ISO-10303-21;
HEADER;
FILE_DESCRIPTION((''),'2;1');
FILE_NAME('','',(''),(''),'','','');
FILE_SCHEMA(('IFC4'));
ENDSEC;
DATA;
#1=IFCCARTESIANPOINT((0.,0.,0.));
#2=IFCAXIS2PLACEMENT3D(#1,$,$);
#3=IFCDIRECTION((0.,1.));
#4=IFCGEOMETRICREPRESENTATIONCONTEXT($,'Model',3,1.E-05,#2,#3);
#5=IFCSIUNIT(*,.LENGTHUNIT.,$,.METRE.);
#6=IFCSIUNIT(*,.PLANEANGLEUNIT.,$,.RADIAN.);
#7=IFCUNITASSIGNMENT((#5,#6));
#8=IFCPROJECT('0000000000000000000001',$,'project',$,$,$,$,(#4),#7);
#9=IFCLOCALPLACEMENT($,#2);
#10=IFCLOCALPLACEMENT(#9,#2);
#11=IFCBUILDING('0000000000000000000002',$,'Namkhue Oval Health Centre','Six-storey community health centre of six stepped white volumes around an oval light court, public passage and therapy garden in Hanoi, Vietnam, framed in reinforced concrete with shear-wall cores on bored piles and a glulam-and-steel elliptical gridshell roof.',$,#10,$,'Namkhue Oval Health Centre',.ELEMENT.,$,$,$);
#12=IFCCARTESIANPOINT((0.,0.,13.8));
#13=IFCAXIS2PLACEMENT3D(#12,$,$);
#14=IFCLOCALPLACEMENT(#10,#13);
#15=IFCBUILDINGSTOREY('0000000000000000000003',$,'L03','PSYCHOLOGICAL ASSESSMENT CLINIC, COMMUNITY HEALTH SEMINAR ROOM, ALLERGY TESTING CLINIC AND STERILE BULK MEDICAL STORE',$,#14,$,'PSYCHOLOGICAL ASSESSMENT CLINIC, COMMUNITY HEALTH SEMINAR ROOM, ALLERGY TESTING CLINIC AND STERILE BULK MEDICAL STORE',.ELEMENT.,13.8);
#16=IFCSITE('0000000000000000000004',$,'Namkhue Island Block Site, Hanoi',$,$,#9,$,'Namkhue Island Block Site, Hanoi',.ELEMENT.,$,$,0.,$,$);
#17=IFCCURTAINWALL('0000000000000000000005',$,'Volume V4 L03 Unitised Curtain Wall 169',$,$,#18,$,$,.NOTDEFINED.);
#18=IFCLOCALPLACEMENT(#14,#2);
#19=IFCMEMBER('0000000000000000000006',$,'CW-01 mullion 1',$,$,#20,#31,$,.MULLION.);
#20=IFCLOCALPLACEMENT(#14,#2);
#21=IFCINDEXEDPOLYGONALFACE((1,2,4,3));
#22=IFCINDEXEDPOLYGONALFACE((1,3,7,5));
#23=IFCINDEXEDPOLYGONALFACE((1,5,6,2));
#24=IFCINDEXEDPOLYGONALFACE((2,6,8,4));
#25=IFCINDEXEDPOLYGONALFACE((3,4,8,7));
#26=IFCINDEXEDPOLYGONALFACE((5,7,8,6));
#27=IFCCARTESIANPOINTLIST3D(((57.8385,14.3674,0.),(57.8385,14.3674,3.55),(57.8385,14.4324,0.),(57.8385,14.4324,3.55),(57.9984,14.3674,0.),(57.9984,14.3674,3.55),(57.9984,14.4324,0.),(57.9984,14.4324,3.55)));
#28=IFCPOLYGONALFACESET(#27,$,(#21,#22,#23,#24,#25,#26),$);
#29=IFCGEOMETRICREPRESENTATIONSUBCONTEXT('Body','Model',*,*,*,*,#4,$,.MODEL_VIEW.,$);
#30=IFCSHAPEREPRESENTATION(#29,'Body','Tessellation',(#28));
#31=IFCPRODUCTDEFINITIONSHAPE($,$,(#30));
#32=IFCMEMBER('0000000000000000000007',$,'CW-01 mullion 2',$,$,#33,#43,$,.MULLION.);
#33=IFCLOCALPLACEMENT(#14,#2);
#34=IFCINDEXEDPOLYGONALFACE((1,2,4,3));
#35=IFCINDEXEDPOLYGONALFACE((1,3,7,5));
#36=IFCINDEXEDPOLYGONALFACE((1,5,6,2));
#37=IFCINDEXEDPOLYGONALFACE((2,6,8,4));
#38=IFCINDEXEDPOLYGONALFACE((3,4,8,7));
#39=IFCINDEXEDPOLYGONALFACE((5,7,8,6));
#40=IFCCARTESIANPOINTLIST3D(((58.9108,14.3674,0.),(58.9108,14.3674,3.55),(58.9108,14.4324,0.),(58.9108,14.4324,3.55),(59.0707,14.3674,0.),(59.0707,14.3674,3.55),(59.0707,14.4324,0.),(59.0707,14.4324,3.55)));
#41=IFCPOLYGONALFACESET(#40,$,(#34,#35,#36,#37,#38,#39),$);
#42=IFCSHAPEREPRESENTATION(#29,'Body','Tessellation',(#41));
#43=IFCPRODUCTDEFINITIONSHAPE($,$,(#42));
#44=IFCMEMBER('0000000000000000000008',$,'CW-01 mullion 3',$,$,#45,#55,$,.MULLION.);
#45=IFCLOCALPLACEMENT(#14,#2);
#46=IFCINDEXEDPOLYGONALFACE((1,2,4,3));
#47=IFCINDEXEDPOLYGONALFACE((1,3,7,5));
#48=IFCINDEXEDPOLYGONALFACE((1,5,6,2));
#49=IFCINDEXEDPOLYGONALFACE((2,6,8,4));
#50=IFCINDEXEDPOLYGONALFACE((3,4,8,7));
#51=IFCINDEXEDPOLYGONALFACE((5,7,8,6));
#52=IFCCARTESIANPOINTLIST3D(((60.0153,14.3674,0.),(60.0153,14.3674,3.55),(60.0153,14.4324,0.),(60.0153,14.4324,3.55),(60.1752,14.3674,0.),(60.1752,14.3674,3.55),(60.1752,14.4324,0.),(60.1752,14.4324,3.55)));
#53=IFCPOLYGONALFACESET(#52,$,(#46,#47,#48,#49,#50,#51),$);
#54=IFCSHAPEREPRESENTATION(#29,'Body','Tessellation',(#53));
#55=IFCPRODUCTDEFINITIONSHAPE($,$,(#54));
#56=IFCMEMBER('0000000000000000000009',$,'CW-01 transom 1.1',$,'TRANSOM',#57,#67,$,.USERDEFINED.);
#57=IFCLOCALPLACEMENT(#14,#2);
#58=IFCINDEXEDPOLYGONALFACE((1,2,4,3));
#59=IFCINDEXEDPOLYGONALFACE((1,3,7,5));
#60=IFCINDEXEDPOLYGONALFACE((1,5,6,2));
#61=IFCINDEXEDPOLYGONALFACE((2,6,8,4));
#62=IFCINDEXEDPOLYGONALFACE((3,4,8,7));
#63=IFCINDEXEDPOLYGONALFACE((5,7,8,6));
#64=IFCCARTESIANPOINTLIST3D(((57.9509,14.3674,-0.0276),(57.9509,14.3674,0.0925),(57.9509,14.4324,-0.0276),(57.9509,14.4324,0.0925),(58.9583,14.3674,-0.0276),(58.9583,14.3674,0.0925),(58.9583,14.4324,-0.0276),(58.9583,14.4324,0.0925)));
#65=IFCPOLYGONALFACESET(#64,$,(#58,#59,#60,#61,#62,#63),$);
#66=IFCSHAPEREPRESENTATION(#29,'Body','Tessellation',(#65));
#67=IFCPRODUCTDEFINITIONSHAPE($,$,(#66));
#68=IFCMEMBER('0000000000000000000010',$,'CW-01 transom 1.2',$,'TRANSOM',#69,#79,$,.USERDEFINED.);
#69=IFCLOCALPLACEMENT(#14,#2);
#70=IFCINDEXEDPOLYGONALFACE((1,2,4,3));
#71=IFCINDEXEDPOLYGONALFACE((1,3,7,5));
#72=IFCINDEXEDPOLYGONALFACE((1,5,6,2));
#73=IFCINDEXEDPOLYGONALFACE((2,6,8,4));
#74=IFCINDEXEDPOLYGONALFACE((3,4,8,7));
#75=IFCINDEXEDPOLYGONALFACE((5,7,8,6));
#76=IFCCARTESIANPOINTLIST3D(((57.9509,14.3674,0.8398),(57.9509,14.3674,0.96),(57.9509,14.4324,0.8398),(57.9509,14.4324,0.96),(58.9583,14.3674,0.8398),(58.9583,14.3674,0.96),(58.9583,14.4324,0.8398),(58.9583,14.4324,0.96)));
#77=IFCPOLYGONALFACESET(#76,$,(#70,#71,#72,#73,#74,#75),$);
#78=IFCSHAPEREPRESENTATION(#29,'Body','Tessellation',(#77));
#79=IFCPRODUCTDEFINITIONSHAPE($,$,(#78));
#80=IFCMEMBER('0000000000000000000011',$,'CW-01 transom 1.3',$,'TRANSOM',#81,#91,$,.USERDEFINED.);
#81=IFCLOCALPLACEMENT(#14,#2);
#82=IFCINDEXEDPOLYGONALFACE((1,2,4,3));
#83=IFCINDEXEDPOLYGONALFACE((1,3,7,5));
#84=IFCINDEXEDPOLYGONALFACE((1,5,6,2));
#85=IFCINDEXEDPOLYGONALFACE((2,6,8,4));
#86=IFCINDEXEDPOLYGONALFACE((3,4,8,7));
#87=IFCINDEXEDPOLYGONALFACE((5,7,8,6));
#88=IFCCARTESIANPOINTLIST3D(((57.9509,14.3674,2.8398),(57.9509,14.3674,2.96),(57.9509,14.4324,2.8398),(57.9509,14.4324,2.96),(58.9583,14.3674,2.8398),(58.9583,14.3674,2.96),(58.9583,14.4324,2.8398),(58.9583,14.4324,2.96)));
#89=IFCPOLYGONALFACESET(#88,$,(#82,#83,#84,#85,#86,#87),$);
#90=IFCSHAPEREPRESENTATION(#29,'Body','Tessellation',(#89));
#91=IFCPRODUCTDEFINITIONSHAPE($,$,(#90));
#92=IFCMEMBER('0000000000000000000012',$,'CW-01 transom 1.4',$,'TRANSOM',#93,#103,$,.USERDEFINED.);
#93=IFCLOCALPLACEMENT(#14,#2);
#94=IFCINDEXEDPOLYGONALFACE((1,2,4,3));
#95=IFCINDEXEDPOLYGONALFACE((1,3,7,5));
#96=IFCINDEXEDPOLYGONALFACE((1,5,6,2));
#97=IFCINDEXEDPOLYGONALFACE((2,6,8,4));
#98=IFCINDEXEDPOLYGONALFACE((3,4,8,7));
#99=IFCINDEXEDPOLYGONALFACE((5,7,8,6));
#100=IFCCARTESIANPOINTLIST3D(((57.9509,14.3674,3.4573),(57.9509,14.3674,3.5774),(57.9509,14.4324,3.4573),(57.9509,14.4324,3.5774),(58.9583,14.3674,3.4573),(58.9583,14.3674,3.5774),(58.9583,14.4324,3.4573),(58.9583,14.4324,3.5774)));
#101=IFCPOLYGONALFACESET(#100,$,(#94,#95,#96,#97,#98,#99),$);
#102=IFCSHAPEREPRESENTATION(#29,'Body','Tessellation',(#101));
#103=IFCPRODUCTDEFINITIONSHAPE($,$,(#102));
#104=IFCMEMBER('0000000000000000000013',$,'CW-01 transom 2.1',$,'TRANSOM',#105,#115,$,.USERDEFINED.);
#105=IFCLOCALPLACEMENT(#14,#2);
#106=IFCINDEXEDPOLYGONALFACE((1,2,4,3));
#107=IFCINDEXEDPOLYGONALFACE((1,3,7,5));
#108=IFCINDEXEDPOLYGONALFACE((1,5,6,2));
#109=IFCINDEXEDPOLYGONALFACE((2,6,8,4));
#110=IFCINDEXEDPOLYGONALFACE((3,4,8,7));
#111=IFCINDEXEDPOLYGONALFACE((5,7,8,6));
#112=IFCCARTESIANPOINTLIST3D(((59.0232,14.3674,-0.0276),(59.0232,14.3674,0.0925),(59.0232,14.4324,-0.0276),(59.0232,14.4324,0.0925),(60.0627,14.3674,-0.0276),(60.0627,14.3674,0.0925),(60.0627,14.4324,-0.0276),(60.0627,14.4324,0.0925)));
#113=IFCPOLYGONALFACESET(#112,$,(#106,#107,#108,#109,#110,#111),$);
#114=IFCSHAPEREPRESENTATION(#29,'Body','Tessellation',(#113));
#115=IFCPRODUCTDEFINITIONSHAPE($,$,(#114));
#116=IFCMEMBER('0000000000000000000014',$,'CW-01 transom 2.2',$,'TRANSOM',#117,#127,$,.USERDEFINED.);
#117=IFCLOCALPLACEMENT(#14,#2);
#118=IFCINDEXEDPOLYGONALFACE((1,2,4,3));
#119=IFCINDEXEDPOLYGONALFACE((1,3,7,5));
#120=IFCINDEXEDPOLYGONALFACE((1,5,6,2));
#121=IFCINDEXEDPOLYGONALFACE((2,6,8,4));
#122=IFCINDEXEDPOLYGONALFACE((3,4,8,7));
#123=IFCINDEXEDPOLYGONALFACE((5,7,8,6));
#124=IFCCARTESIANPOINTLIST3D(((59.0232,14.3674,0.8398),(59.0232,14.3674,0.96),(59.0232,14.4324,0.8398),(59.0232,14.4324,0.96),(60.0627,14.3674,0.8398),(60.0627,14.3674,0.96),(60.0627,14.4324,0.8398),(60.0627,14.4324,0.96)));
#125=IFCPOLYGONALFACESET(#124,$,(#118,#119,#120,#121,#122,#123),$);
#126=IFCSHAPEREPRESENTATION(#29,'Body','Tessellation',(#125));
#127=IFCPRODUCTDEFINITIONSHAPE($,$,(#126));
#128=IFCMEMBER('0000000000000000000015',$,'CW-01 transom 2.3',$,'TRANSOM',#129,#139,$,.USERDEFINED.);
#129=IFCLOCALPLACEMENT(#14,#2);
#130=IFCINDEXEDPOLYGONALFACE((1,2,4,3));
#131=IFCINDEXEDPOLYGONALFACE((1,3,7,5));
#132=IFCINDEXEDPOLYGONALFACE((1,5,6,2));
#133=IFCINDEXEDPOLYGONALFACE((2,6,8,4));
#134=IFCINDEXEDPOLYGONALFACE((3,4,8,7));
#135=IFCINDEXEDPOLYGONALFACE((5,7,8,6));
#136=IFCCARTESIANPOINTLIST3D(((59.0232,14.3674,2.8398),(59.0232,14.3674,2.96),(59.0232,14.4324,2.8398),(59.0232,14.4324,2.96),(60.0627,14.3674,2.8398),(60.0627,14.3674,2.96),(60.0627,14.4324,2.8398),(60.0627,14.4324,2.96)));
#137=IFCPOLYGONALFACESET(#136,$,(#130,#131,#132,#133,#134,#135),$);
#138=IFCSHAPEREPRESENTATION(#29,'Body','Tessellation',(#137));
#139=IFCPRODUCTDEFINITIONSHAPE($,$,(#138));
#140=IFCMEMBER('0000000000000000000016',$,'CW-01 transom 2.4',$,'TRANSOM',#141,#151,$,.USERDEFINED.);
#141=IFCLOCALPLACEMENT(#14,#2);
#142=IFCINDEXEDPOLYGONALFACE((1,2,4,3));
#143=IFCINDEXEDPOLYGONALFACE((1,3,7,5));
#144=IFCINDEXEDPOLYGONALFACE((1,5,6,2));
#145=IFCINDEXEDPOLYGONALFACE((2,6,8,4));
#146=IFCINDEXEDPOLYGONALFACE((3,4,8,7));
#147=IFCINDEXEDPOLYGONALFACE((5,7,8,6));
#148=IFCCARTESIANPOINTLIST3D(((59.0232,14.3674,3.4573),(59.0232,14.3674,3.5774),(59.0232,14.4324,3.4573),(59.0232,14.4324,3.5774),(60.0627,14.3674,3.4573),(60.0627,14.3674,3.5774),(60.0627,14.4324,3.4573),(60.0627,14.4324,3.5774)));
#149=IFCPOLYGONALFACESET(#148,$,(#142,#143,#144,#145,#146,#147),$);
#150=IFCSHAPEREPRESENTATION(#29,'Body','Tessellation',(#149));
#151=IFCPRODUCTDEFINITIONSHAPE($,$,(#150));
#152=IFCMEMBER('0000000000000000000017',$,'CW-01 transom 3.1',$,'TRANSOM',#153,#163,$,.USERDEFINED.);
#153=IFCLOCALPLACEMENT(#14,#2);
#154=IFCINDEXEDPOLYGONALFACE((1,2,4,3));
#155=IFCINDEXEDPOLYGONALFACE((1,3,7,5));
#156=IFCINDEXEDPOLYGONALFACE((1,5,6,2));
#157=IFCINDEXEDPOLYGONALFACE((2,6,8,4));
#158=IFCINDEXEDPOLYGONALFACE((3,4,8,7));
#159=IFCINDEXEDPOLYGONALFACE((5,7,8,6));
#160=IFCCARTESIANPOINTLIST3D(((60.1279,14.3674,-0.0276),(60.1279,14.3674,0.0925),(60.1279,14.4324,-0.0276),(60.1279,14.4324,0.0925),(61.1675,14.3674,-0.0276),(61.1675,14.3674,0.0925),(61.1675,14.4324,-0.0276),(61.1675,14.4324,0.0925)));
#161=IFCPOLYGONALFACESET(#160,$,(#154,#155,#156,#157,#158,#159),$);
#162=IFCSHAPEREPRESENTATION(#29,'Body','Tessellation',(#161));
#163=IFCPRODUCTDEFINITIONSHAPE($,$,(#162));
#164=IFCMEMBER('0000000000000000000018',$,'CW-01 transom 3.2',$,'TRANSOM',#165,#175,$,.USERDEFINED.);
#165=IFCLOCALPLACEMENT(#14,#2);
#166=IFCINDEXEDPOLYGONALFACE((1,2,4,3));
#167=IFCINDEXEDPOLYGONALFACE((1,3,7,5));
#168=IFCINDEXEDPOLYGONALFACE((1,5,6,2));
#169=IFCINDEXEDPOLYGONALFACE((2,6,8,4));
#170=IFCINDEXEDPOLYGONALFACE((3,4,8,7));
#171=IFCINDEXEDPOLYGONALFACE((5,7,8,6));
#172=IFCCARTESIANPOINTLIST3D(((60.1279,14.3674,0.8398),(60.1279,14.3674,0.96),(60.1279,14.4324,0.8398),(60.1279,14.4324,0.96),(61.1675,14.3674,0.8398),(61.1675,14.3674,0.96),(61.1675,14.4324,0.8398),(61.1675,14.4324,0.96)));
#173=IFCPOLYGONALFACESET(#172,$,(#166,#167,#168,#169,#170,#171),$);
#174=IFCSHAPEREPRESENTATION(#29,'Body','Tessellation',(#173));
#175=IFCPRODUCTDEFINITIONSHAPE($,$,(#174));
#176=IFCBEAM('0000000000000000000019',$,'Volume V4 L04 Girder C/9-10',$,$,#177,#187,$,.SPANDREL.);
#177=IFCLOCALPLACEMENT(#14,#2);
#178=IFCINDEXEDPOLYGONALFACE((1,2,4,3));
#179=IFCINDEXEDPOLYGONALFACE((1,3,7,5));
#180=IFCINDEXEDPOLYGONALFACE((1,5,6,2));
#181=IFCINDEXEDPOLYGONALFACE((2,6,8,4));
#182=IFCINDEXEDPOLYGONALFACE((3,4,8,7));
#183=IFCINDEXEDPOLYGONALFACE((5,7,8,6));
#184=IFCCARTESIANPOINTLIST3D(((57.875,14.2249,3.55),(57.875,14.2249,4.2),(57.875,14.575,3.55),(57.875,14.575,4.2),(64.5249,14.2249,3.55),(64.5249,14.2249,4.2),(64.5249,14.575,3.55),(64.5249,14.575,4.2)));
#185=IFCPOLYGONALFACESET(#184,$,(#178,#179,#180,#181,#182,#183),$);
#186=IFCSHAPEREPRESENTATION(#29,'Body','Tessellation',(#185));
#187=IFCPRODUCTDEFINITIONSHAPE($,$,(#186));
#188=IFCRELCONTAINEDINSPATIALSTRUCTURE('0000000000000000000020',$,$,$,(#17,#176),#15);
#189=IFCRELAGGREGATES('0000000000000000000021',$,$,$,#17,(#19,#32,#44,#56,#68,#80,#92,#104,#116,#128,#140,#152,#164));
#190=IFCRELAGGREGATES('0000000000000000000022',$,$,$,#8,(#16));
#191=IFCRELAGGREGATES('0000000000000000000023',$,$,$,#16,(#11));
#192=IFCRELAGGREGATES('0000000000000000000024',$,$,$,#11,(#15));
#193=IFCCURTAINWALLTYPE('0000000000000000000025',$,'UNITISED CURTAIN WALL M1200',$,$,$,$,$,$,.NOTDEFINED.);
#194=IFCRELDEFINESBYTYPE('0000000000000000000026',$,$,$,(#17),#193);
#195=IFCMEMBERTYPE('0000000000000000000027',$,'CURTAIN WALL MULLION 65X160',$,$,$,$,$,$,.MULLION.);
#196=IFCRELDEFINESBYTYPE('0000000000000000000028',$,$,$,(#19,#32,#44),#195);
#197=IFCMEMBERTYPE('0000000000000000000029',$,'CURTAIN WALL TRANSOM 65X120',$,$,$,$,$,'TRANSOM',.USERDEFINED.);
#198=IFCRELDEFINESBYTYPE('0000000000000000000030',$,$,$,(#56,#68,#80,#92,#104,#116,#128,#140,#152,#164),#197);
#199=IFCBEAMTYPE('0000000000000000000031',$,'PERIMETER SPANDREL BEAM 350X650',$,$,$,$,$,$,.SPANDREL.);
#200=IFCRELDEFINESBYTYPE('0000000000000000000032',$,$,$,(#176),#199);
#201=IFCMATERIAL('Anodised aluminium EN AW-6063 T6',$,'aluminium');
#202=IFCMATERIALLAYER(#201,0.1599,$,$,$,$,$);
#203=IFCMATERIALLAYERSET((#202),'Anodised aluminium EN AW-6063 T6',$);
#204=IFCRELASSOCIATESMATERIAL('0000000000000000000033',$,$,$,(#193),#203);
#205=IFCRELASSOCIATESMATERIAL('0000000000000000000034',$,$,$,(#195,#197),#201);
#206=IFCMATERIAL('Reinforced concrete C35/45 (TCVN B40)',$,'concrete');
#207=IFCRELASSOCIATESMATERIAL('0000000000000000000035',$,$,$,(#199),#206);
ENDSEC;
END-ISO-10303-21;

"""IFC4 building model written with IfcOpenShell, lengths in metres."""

from ifc_helpers import new_model, si_unit, direction, frame, origin, origin_2d, place, context, subcontext, project, spatial, rectangle, extrude, material, layer, layer_set, material_profile, profile_set, type_object, element, aggregate, save


model = new_model("IFC4")

# Units and contexts
model_context = context("Model", 3, precision=1e-05, world=origin(), true_north=direction((0.0, 1.0)))
body_context = subcontext(model_context, "Body", "Model", "MODEL_VIEW")
ifc_project = project(units=[si_unit("LENGTHUNIT", "METRE"), si_unit("PLANEANGLEUNIT", "RADIAN")], contexts=[model_context])

# Site, building, storey
site_placement = place(None, origin())
site = spatial("IfcSite", under=ifc_project, at=site_placement, Name="Namkhue Island Block Site, Hanoi", LongName="Namkhue Island Block Site, Hanoi", CompositionType="ELEMENT", RefElevation=0.0)
building_placement = place(site_placement, origin())
building = spatial("IfcBuilding", under=site, at=building_placement, Name="Namkhue Oval Health Centre", Description="Six-storey community health centre of six stepped white volumes around an oval light court, public passage and therapy garden in Hanoi, Vietnam, framed in reinforced concrete with shear-wall cores on bored piles and a glulam-and-steel elliptical gridshell roof.", LongName="Namkhue Oval Health Centre", CompositionType="ELEMENT")
storey_placement = place(building_placement, frame((0.0, 0.0, 13.8)))
storey = spatial("IfcBuildingStorey", under=building, at=storey_placement, Name="L03", Description="PSYCHOLOGICAL ASSESSMENT CLINIC, COMMUNITY HEALTH SEMINAR ROOM, ALLERGY TESTING CLINIC AND STERILE BULK MEDICAL STORE", LongName="PSYCHOLOGICAL ASSESSMENT CLINIC, COMMUNITY HEALTH SEMINAR ROOM, ALLERGY TESTING CLINIC AND STERILE BULK MEDICAL STORE", CompositionType="ELEMENT", Elevation=13.8)

# Curtain wall, members
ifc_material_1 = material(Name="Anodised aluminium EN AW-6063 T6", Category="aluminium")
ifc_layer_1 = layer(ifc_material_1, 0.1599)
ifc_layer_set_1 = layer_set([ifc_layer_1], Name="Anodised aluminium EN AW-6063 T6")
curtain_wall_type = type_object("IfcCurtainWallType", Name="UNITISED CURTAIN WALL M1200", PredefinedType="NOTDEFINED", material=ifc_layer_set_1)
curtain_wall_placement = place(storey_placement, origin())
curtain_wall = element("IfcCurtainWall", 1, at=curtain_wall_placement, inside=storey, type_object=curtain_wall_type, Name="Volume V4 L03 Unitised Curtain Wall 169", PredefinedType="NOTDEFINED")
ifc_material_profile_1 = material_profile(ifc_material_1, rectangle(XDim=0.0649, YDim=0.1599, at=origin_2d()), Name="ALU 65x160")
ifc_profile_set_1 = profile_set([ifc_material_profile_1], Name="Anodised aluminium EN AW-6063 T6")
member_type_1 = type_object("IfcMemberType", Name="CURTAIN WALL MULLION 65X160", PredefinedType="MULLION", material=ifc_profile_set_1)
member_1_placement = place(storey_placement, frame((57.9185, 14.3999, 0.0), z_axis=(0.0, 0.0, 1.0), x_axis=(0.0, 1.0, 0.0)))
member_1 = element("IfcMember", 2, at=member_1_placement, type_object=member_type_1, Name="CW-01 mullion 1", PredefinedType="MULLION", context=body_context, shape_type="SweptSolid", body=[
    extrude(rectangle(XDim=0.0649, YDim=0.1599, at=origin_2d()), origin(), (0.0, 0.0, 1.0), 3.55),
])
member_2_placement = place(storey_placement, frame((58.9907, 14.3999, 0.0), z_axis=(0.0, 0.0, 1.0), x_axis=(0.0, 1.0, 0.0)))
member_2 = element("IfcMember", 3, at=member_2_placement, type_object=member_type_1, Name="CW-01 mullion 2", PredefinedType="MULLION", context=body_context, shape_type="SweptSolid", body=[
    extrude(rectangle(XDim=0.0649, YDim=0.1599, at=origin_2d()), origin(), (0.0, 0.0, 1.0), 3.55),
])
member_3_placement = place(storey_placement, frame((60.0952, 14.3999, 0.0), z_axis=(0.0, 0.0, 1.0), x_axis=(0.0, 1.0, 0.0)))
member_3 = element("IfcMember", 4, at=member_3_placement, type_object=member_type_1, Name="CW-01 mullion 3", PredefinedType="MULLION", context=body_context, shape_type="SweptSolid", body=[
    extrude(rectangle(XDim=0.0649, YDim=0.1599, at=origin_2d()), origin(), (0.0, 0.0, 1.0), 3.55),
])
ifc_material_profile_2 = material_profile(ifc_material_1, rectangle(XDim=0.0649, YDim=0.1201, at=origin_2d()), Name="ALU 65x120")
ifc_profile_set_2 = profile_set([ifc_material_profile_2], Name="Anodised aluminium EN AW-6063 T6")
member_type_2 = type_object("IfcMemberType", Name="CURTAIN WALL TRANSOM 65X120", ElementType="TRANSOM", PredefinedType="USERDEFINED", material=ifc_profile_set_2)
member_4_placement = place(storey_placement, frame((57.9509, 14.3999, 0.0325), z_axis=(1.0, 0.0, 0.0), x_axis=(0.0, 1.0, 0.0)))
member_4 = element("IfcMember", 5, at=member_4_placement, type_object=member_type_2, Name="CW-01 transom 1.1", ObjectType="TRANSOM", PredefinedType="USERDEFINED", context=body_context, shape_type="SweptSolid", body=[
    extrude(rectangle(XDim=0.0649, YDim=0.1201, at=origin_2d()), origin(), (0.0, 0.0, 1.0), 1.0073),
])
member_5_placement = place(storey_placement, frame((57.9509, 14.3999, 0.8999), z_axis=(1.0, 0.0, 0.0), x_axis=(0.0, 1.0, 0.0)))
member_5 = element("IfcMember", 6, at=member_5_placement, type_object=member_type_2, Name="CW-01 transom 1.2", ObjectType="TRANSOM", PredefinedType="USERDEFINED", context=body_context, shape_type="SweptSolid", body=[
    extrude(rectangle(XDim=0.0649, YDim=0.1201, at=origin_2d()), origin(), (0.0, 0.0, 1.0), 1.0073),
])
member_6_placement = place(storey_placement, frame((57.9509, 14.3999, 2.8999), z_axis=(1.0, 0.0, 0.0), x_axis=(0.0, 1.0, 0.0)))
member_6 = element("IfcMember", 7, at=member_6_placement, type_object=member_type_2, Name="CW-01 transom 1.3", ObjectType="TRANSOM", PredefinedType="USERDEFINED", context=body_context, shape_type="SweptSolid", body=[
    extrude(rectangle(XDim=0.0649, YDim=0.1201, at=origin_2d()), origin(), (0.0, 0.0, 1.0), 1.0073),
])
member_7_placement = place(storey_placement, frame((57.9509, 14.3999, 3.5173), z_axis=(1.0, 0.0, 0.0), x_axis=(0.0, 1.0, 0.0)))
member_7 = element("IfcMember", 8, at=member_7_placement, type_object=member_type_2, Name="CW-01 transom 1.4", ObjectType="TRANSOM", PredefinedType="USERDEFINED", context=body_context, shape_type="SweptSolid", body=[
    extrude(rectangle(XDim=0.0649, YDim=0.1201, at=origin_2d()), origin(), (0.0, 0.0, 1.0), 1.0073),
])
member_8_placement = place(storey_placement, frame((59.0232, 14.3999, 0.0325), z_axis=(1.0, 0.0, 0.0), x_axis=(0.0, 1.0, 0.0)))
member_8 = element("IfcMember", 9, at=member_8_placement, type_object=member_type_2, Name="CW-01 transom 2.1", ObjectType="TRANSOM", PredefinedType="USERDEFINED", context=body_context, shape_type="SweptSolid", body=[
    extrude(rectangle(XDim=0.0649, YDim=0.1201, at=origin_2d()), origin(), (0.0, 0.0, 1.0), 1.0396),
])
member_9_placement = place(storey_placement, frame((59.0232, 14.3999, 0.8999), z_axis=(1.0, 0.0, 0.0), x_axis=(0.0, 1.0, 0.0)))
member_9 = element("IfcMember", 10, at=member_9_placement, type_object=member_type_2, Name="CW-01 transom 2.2", ObjectType="TRANSOM", PredefinedType="USERDEFINED", context=body_context, shape_type="SweptSolid", body=[
    extrude(rectangle(XDim=0.0649, YDim=0.1201, at=origin_2d()), origin(), (0.0, 0.0, 1.0), 1.0396),
])
member_10_placement = place(storey_placement, frame((59.0232, 14.3999, 2.8999), z_axis=(1.0, 0.0, 0.0), x_axis=(0.0, 1.0, 0.0)))
member_10 = element("IfcMember", 11, at=member_10_placement, type_object=member_type_2, Name="CW-01 transom 2.3", ObjectType="TRANSOM", PredefinedType="USERDEFINED", context=body_context, shape_type="SweptSolid", body=[
    extrude(rectangle(XDim=0.0649, YDim=0.1201, at=origin_2d()), origin(), (0.0, 0.0, 1.0), 1.0396),
])
member_11_placement = place(storey_placement, frame((59.0232, 14.3999, 3.5173), z_axis=(1.0, 0.0, 0.0), x_axis=(0.0, 1.0, 0.0)))
member_11 = element("IfcMember", 12, at=member_11_placement, type_object=member_type_2, Name="CW-01 transom 2.4", ObjectType="TRANSOM", PredefinedType="USERDEFINED", context=body_context, shape_type="SweptSolid", body=[
    extrude(rectangle(XDim=0.0649, YDim=0.1201, at=origin_2d()), origin(), (0.0, 0.0, 1.0), 1.0396),
])
member_12_placement = place(storey_placement, frame((60.1279, 14.3999, 0.0325), z_axis=(1.0, 0.0, 0.0), x_axis=(0.0, 1.0, 0.0)))
member_12 = element("IfcMember", 13, at=member_12_placement, type_object=member_type_2, Name="CW-01 transom 3.1", ObjectType="TRANSOM", PredefinedType="USERDEFINED", context=body_context, shape_type="SweptSolid", body=[
    extrude(rectangle(XDim=0.0649, YDim=0.1201, at=origin_2d()), origin(), (0.0, 0.0, 1.0), 1.0396),
])
member_13_placement = place(storey_placement, frame((60.1279, 14.3999, 0.8999), z_axis=(1.0, 0.0, 0.0), x_axis=(0.0, 1.0, 0.0)))
member_13 = element("IfcMember", 14, at=member_13_placement, type_object=member_type_2, Name="CW-01 transom 3.2", ObjectType="TRANSOM", PredefinedType="USERDEFINED", context=body_context, shape_type="SweptSolid", body=[
    extrude(rectangle(XDim=0.0649, YDim=0.1201, at=origin_2d()), origin(), (0.0, 0.0, 1.0), 1.0396),
])

# Beam
ifc_material_2 = material(Name="Reinforced concrete C35/45 (TCVN B40)", Category="concrete")
ifc_material_profile_3 = material_profile(ifc_material_2, rectangle(XDim=0.3501, YDim=0.6499, at=origin_2d()), Name="RC 350x650")
ifc_profile_set_3 = profile_set([ifc_material_profile_3], Name="Reinforced concrete C35/45 (TCVN B40)")
beam_type = type_object("IfcBeamType", Name="PERIMETER SPANDREL BEAM 350X650", PredefinedType="SPANDREL", material=ifc_profile_set_3)
beam_placement = place(storey_placement, frame((57.875, 14.3999, 3.875), z_axis=(1.0, 0.0, 0.0), x_axis=(0.0, 1.0, 0.0)))
element("IfcBeam", 15, at=beam_placement, inside=storey, type_object=beam_type, Name="Volume V4 L04 Girder C/9-10", PredefinedType="SPANDREL", context=body_context, shape_type="SweptSolid", body=[
    extrude(rectangle(XDim=0.3501, YDim=0.6499, at=origin_2d()), origin(), (0.0, 0.0, 1.0), 6.6499),
])

aggregate(curtain_wall, [member_1, member_2, member_3, member_4, member_5, member_6, member_7, member_8, member_9, member_10, member_11, member_12, member_13])

save(model, "model.ifc")
